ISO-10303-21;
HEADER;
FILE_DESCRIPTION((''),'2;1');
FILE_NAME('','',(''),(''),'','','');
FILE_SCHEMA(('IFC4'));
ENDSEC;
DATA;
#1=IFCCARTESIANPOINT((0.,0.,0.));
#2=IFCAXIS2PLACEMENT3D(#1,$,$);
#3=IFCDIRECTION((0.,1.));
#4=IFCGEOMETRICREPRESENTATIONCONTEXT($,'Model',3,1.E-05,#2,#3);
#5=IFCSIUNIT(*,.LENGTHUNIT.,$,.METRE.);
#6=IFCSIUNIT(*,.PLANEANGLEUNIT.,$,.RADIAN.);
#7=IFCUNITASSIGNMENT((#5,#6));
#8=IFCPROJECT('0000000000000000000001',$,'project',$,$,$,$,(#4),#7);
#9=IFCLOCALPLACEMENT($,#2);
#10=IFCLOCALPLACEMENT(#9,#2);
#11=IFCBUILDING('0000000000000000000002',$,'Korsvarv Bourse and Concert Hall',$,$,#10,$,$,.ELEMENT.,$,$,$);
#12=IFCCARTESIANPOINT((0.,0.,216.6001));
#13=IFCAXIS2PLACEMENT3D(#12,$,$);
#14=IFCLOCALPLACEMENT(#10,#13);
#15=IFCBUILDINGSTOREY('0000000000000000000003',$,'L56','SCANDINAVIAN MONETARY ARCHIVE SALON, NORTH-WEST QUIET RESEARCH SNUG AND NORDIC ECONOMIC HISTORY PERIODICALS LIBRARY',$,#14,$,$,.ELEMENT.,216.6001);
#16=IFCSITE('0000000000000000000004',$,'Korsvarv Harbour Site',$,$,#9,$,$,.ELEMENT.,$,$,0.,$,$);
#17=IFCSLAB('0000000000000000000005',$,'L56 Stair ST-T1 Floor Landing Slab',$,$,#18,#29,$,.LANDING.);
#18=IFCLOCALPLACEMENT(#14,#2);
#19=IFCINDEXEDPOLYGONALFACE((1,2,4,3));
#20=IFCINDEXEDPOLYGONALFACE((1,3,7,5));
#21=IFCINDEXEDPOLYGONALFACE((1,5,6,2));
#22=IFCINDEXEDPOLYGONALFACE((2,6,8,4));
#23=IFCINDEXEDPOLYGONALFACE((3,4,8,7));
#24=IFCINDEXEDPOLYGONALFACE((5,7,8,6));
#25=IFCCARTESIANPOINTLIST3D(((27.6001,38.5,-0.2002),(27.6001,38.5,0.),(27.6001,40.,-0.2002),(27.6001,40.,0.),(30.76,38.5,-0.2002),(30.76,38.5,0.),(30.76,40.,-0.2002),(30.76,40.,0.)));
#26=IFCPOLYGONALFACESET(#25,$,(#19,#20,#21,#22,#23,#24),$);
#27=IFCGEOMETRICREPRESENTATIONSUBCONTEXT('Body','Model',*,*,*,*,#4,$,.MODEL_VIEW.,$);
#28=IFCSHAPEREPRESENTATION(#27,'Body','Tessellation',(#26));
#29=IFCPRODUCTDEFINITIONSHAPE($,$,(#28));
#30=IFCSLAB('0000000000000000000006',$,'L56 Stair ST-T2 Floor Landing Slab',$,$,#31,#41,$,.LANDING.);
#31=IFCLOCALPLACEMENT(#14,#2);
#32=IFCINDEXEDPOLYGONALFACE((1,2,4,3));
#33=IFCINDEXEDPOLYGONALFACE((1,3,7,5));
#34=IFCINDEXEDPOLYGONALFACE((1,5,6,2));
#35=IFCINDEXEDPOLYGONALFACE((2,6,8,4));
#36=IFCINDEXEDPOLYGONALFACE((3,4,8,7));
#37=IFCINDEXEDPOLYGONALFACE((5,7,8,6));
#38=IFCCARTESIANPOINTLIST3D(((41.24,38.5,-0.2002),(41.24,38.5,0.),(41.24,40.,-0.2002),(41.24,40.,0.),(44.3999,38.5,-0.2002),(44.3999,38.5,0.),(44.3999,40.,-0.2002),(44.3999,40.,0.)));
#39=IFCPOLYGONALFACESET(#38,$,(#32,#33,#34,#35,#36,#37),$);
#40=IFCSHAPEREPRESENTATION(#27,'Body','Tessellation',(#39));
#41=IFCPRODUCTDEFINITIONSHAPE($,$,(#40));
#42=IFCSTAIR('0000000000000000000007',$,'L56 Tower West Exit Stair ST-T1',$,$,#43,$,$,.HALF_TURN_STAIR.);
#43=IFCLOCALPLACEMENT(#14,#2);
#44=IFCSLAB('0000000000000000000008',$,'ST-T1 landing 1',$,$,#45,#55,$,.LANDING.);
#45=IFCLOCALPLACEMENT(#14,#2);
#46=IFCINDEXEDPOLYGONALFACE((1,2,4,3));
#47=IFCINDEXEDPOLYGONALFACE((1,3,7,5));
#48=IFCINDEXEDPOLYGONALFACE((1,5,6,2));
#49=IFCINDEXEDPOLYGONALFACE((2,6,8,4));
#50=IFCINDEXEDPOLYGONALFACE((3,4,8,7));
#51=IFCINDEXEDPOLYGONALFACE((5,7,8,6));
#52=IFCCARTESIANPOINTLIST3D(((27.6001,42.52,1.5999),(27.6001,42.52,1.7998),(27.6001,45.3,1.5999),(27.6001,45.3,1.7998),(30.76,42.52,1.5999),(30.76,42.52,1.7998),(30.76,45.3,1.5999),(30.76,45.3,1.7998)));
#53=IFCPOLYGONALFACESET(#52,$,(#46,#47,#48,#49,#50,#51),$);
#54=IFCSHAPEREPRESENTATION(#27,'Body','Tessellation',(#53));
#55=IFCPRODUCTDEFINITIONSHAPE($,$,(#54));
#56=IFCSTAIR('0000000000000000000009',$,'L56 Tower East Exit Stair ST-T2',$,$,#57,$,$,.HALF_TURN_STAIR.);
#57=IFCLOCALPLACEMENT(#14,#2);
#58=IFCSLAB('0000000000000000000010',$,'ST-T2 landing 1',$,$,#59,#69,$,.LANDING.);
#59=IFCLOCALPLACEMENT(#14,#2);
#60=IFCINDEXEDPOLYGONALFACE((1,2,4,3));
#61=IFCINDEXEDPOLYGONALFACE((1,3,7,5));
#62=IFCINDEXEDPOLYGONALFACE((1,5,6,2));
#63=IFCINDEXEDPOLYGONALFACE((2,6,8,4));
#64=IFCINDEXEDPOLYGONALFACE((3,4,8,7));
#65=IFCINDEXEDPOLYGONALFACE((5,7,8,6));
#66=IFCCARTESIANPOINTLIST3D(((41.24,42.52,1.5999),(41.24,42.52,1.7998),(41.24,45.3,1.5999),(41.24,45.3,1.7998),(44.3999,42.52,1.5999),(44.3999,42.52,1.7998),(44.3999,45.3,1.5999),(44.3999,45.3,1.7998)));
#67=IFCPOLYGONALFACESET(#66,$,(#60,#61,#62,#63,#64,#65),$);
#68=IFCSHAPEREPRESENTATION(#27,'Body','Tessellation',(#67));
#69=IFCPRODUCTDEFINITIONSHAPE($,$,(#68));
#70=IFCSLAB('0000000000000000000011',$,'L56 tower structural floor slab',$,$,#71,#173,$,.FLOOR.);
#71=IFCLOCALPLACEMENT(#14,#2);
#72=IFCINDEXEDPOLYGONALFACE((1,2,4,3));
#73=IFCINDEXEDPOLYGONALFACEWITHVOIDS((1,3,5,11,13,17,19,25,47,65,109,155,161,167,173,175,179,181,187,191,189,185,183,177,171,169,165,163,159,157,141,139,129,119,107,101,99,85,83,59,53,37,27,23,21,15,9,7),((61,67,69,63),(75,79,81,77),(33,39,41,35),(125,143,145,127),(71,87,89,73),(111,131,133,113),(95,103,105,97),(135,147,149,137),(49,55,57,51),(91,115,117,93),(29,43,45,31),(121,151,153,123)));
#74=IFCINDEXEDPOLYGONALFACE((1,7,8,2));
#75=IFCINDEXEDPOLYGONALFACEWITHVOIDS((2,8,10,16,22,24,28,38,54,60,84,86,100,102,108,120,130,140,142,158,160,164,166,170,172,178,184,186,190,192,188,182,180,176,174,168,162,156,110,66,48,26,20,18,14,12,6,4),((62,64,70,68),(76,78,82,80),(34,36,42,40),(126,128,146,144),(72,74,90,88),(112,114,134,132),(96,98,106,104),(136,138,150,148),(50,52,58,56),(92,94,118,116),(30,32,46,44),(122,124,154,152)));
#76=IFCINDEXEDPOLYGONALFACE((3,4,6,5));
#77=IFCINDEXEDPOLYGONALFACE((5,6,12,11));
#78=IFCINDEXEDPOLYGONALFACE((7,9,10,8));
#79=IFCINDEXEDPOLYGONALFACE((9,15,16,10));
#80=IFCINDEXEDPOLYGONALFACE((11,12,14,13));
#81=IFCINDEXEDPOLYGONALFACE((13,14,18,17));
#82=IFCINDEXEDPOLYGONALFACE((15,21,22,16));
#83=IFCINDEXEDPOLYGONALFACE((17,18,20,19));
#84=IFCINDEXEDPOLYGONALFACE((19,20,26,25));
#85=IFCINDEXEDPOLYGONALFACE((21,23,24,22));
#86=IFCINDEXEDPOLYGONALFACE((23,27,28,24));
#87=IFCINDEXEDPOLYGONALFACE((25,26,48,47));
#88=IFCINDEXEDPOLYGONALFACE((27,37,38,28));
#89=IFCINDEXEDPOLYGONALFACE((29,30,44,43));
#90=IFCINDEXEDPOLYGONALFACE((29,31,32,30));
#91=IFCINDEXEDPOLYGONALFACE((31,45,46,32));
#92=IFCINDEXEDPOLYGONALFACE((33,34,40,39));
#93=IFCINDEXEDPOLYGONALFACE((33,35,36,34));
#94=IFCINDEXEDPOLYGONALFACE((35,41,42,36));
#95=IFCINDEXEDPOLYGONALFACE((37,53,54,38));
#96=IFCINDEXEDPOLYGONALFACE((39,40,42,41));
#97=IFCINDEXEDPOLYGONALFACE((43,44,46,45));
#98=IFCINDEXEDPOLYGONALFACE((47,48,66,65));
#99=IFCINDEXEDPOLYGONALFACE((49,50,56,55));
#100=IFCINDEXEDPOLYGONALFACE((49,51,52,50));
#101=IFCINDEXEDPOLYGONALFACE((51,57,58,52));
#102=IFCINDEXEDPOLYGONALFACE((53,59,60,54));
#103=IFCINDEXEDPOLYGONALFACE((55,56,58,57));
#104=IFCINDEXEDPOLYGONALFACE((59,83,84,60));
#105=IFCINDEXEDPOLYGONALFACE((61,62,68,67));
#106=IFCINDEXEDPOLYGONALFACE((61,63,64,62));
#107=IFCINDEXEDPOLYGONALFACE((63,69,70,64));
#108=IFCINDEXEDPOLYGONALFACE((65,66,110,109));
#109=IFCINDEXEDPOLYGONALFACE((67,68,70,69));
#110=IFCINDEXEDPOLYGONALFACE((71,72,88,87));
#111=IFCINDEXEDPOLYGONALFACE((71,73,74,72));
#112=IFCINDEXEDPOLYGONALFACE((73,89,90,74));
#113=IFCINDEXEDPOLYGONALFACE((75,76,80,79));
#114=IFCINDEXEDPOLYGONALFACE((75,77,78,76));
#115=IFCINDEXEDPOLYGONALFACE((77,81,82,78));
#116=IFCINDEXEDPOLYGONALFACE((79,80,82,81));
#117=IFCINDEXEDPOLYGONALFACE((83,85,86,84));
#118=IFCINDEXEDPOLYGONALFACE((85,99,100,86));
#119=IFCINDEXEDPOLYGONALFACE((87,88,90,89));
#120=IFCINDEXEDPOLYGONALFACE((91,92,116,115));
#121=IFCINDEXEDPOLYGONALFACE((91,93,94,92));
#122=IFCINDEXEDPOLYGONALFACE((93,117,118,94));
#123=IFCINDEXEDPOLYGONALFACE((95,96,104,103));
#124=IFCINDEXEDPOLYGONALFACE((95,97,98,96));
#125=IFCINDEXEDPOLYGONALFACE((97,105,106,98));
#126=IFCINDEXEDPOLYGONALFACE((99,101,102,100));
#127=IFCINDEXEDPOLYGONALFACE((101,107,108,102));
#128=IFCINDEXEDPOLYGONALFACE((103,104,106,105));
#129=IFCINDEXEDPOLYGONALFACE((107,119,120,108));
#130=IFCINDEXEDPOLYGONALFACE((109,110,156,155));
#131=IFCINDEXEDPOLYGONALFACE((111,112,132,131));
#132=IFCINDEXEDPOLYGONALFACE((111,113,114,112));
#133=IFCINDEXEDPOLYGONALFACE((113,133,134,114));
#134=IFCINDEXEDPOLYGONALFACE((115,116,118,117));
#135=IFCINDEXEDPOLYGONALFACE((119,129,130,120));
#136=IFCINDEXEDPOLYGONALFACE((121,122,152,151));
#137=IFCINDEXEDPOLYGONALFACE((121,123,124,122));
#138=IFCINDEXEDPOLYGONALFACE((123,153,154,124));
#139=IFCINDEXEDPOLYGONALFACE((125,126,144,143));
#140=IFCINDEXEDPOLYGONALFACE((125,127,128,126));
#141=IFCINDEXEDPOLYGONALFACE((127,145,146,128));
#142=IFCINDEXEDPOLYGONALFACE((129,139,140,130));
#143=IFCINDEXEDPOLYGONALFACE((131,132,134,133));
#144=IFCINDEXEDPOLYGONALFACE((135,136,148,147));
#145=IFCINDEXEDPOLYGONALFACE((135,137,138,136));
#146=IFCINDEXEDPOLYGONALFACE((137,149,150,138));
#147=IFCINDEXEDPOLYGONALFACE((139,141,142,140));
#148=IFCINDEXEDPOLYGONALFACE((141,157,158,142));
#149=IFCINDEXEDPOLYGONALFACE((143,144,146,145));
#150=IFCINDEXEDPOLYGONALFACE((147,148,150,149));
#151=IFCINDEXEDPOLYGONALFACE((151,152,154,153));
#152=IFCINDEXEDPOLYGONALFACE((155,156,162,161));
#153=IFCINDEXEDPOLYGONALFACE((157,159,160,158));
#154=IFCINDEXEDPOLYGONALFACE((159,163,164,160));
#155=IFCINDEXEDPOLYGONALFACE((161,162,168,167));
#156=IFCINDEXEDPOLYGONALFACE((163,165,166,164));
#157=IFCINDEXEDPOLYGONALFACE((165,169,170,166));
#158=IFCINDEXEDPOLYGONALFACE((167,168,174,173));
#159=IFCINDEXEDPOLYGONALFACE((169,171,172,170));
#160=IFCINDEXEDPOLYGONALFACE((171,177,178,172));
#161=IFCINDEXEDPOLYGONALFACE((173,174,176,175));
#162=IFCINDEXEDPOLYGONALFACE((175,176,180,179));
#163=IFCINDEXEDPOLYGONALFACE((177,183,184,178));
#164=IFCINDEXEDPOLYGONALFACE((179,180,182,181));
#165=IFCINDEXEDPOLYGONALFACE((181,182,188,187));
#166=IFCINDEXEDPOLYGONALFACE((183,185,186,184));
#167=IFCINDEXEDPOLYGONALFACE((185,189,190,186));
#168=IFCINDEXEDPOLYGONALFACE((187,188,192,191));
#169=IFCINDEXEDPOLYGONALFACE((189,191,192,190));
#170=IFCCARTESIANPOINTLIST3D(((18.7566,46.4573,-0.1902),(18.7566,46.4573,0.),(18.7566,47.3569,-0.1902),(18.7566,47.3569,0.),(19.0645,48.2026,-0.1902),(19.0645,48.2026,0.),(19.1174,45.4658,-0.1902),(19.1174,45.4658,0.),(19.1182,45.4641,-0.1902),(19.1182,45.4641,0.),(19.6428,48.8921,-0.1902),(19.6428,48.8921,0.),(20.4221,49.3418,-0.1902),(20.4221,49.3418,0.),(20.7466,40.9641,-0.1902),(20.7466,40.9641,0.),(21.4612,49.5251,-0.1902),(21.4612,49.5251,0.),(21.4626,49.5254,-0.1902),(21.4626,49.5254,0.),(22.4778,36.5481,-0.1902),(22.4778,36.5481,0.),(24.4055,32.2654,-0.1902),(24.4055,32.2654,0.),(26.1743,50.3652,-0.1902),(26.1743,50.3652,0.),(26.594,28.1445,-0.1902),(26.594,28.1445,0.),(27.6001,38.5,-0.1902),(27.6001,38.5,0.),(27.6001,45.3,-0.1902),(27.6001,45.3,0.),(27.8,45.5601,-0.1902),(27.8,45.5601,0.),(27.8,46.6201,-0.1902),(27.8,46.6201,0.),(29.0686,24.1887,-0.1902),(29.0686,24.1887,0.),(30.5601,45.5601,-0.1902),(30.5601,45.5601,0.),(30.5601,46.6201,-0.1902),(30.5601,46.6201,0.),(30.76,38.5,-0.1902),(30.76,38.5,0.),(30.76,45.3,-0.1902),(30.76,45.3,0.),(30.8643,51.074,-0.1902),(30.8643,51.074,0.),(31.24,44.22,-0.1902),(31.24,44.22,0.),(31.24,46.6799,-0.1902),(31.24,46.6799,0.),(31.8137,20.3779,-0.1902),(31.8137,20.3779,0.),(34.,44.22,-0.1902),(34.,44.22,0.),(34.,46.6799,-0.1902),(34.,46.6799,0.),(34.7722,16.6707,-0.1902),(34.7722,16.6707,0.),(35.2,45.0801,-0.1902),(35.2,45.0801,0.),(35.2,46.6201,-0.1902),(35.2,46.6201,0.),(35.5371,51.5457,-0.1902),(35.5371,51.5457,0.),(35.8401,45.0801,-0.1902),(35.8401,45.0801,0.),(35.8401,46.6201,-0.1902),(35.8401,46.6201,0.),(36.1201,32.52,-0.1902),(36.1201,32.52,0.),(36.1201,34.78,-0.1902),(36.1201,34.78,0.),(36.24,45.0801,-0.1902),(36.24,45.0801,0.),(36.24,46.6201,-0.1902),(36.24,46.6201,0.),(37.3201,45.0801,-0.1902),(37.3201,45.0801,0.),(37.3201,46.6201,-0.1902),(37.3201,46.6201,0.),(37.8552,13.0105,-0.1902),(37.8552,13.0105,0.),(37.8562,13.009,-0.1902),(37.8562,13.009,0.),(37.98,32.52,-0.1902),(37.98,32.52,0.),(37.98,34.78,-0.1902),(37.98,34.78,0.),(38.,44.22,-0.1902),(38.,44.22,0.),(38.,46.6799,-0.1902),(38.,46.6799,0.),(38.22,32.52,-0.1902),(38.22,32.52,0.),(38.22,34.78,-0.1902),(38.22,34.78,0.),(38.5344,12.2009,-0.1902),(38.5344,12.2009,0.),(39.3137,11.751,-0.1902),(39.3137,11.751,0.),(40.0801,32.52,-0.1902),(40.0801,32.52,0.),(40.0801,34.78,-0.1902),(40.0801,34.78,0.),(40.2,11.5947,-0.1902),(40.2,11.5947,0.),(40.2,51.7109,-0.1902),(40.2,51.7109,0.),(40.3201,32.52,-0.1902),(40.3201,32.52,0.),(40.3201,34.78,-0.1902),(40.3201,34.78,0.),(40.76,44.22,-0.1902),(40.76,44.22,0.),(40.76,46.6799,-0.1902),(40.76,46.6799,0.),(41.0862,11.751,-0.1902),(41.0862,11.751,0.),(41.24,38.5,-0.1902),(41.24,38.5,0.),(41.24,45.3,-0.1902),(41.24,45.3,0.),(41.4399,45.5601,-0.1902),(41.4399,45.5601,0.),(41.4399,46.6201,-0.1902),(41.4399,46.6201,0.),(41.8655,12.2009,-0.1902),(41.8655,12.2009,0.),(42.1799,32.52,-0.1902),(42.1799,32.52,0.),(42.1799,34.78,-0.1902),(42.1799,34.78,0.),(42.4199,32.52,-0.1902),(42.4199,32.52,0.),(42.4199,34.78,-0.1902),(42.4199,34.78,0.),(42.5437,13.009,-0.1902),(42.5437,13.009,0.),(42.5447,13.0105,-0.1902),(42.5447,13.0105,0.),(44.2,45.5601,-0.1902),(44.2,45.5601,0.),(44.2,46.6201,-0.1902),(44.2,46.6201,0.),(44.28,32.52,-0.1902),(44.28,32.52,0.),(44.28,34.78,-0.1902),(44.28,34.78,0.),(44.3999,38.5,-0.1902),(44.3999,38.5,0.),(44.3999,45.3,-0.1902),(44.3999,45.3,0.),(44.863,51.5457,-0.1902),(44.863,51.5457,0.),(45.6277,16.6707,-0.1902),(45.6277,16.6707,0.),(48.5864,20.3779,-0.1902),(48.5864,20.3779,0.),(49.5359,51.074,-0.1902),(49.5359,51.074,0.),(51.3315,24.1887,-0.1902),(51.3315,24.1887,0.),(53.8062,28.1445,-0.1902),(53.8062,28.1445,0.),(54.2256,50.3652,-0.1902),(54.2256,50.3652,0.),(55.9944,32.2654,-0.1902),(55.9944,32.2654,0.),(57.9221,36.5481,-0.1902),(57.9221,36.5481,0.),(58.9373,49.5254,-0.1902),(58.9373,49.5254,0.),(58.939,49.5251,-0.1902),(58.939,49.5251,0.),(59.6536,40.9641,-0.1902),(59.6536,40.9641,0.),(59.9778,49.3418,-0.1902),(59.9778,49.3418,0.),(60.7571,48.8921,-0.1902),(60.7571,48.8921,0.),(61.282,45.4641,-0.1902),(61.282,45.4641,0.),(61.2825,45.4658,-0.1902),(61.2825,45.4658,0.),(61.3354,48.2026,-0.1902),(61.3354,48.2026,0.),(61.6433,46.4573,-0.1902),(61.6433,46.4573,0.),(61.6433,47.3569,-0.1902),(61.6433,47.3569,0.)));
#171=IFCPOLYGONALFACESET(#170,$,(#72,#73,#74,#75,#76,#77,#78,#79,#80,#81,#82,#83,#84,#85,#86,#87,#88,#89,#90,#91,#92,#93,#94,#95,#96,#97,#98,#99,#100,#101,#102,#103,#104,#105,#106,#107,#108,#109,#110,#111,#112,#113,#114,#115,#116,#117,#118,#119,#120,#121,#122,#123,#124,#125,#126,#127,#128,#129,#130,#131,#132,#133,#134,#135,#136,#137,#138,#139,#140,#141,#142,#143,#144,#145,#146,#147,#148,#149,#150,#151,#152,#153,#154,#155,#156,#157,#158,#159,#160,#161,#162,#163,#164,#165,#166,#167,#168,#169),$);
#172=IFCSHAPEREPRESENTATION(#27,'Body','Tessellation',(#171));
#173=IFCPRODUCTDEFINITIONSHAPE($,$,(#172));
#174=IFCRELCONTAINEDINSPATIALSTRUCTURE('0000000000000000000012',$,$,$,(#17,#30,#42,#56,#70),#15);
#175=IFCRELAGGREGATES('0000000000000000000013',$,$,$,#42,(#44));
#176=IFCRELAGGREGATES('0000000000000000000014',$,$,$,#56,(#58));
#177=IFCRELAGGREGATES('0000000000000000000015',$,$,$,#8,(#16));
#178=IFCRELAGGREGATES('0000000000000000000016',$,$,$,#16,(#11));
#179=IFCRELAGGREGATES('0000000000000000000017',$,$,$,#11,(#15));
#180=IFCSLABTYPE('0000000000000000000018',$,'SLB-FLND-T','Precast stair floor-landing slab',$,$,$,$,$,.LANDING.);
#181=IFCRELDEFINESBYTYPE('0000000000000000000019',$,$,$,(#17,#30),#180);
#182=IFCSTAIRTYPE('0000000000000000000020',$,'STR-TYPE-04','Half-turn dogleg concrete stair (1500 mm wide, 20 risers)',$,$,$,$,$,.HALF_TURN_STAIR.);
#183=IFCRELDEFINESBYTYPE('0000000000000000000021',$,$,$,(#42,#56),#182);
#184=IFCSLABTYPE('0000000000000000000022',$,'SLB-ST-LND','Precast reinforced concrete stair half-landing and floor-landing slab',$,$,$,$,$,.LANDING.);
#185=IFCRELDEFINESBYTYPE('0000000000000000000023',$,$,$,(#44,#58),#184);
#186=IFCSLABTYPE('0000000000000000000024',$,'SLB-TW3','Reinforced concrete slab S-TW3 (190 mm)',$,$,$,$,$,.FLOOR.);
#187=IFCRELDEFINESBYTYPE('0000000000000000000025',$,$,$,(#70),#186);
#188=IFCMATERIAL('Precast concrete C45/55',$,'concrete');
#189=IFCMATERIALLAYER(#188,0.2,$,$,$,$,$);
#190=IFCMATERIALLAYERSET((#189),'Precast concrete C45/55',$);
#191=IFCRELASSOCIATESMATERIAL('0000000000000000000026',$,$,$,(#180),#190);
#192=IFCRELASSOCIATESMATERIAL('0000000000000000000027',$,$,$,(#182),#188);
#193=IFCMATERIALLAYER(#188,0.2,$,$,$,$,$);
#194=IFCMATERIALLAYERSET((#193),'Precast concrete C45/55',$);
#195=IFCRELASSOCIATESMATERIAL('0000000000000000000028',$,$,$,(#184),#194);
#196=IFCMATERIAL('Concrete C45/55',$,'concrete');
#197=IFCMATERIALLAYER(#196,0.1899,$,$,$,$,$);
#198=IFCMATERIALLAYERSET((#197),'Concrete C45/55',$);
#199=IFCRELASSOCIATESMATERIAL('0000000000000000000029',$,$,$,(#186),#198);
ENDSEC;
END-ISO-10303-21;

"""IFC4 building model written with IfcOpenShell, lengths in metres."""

from ifc_helpers import new_model, si_unit, direction, frame, origin, place, context, subcontext, project, spatial, polyline, outline, extrude, material, layer, layer_set, type_object, element, aggregate, save


model = new_model("IFC4")

# Units and contexts
model_context = context("Model", 3, precision=1e-05, world=origin(), true_north=direction((0.0, 1.0)))
body_context = subcontext(model_context, "Body", "Model", "MODEL_VIEW")
ifc_project = project(units=[si_unit("LENGTHUNIT", "METRE"), si_unit("PLANEANGLEUNIT", "RADIAN")], contexts=[model_context])

# Site, building, storey
site_placement = place(None, origin())
site = spatial("IfcSite", under=ifc_project, at=site_placement, Name="Korsvarv Harbour Site", CompositionType="ELEMENT", RefElevation=0.0)
building_placement = place(site_placement, origin())
building = spatial("IfcBuilding", under=site, at=building_placement, Name="Korsvarv Bourse and Concert Hall", CompositionType="ELEMENT")
storey_placement = place(building_placement, frame((0.0, 0.0, 216.6001)))
storey = spatial("IfcBuildingStorey", under=building, at=storey_placement, Name="L56", Description="SCANDINAVIAN MONETARY ARCHIVE SALON, NORTH-WEST QUIET RESEARCH SNUG AND NORDIC ECONOMIC HISTORY PERIODICALS LIBRARY", CompositionType="ELEMENT", Elevation=216.6001)

# Slabs
ifc_material_1 = material(Name="Precast concrete C45/55", Category="concrete")
ifc_layer_1 = layer(ifc_material_1, 0.2)
ifc_layer_set_1 = layer_set([ifc_layer_1], Name="Precast concrete C45/55")
slab_type_1 = type_object("IfcSlabType", Name="SLB-FLND-T", Description="Precast stair floor-landing slab", PredefinedType="LANDING", material=ifc_layer_set_1)
slab_1_placement = place(storey_placement, frame((0.0, 0.0, -0.2002)))
element("IfcSlab", 1, at=slab_1_placement, inside=storey, type_object=slab_type_1, Name="L56 Stair ST-T1 Floor Landing Slab", PredefinedType="LANDING", context=body_context, shape_type="SweptSolid", body=[
    extrude(outline(polyline([(30.76, 38.5), (30.76, 40.0), (27.6001, 40.0), (27.6001, 38.5), (30.76, 38.5)])), origin(), (0.0, 0.0, 1.0), 0.2002),
])
slab_2_placement = place(storey_placement, frame((0.0, 0.0, -0.2002)))
element("IfcSlab", 2, at=slab_2_placement, inside=storey, type_object=slab_type_1, Name="L56 Stair ST-T2 Floor Landing Slab", PredefinedType="LANDING", context=body_context, shape_type="SweptSolid", body=[
    extrude(outline(polyline([(44.3999, 38.5), (44.3999, 40.0), (41.24, 40.0), (41.24, 38.5), (44.3999, 38.5)])), origin(), (0.0, 0.0, 1.0), 0.2002),
])

# Stairs, slabs
stair_type = type_object("IfcStairType", Name="STR-TYPE-04", Description="Half-turn dogleg concrete stair (1500 mm wide, 20 risers)", PredefinedType="HALF_TURN_STAIR", material=ifc_material_1)
stair_1_placement = place(storey_placement, origin())
stair_1 = element("IfcStair", 3, at=stair_1_placement, inside=storey, type_object=stair_type, Name="L56 Tower West Exit Stair ST-T1", PredefinedType="HALF_TURN_STAIR")
ifc_layer_2 = layer(ifc_material_1, 0.2)
ifc_layer_set_2 = layer_set([ifc_layer_2], Name="Precast concrete C45/55")
slab_type_2 = type_object("IfcSlabType", Name="SLB-ST-LND", Description="Precast reinforced concrete stair half-landing and floor-landing slab", PredefinedType="LANDING", material=ifc_layer_set_2)
slab_3_placement = place(storey_placement, frame((0.0, 0.0, 1.5999)))
slab_3 = element("IfcSlab", 4, at=slab_3_placement, type_object=slab_type_2, Name="ST-T1 landing 1", PredefinedType="LANDING", context=body_context, shape_type="SweptSolid", body=[
    extrude(outline(polyline([(30.76, 42.52), (30.76, 45.3), (27.6001, 45.3), (27.6001, 42.52), (30.76, 42.52)])), origin(), (0.0, 0.0, 1.0), 0.2),
])
aggregate(stair_1, [slab_3])
stair_2_placement = place(storey_placement, origin())
stair_2 = element("IfcStair", 5, at=stair_2_placement, inside=storey, type_object=stair_type, Name="L56 Tower East Exit Stair ST-T2", PredefinedType="HALF_TURN_STAIR")
slab_4_placement = place(storey_placement, frame((0.0, 0.0, 1.5999)))
slab_4 = element("IfcSlab", 6, at=slab_4_placement, type_object=slab_type_2, Name="ST-T2 landing 1", PredefinedType="LANDING", context=body_context, shape_type="SweptSolid", body=[
    extrude(outline(polyline([(44.3999, 42.52), (44.3999, 45.3), (41.24, 45.3), (41.24, 42.52), (44.3999, 42.52)])), origin(), (0.0, 0.0, 1.0), 0.2),
])
aggregate(stair_2, [slab_4])

# Slab
ifc_material_2 = material(Name="Concrete C45/55", Category="concrete")
ifc_layer_3 = layer(ifc_material_2, 0.1899)
ifc_layer_set_3 = layer_set([ifc_layer_3], Name="Concrete C45/55")
slab_type_3 = type_object("IfcSlabType", Name="SLB-TW3", Description="Reinforced concrete slab S-TW3 (190 mm)", PredefinedType="FLOOR", material=ifc_layer_set_3)
slab_5_placement = place(storey_placement, frame((0.0, 0.0, -0.1902)))
element("IfcSlab", 7, at=slab_5_placement, inside=storey, type_object=slab_type_3, Name="L56 tower structural floor slab", PredefinedType="FLOOR", context=body_context, shape_type="SweptSolid", body=[
    extrude(outline(polyline([(61.282, 45.4641), (59.6536, 40.9641), (57.9221, 36.5481), (55.9944, 32.2654), (53.8062, 28.1445), (51.3315, 24.1887), (48.5864, 20.3779), (45.6277, 16.6707), (42.5447, 13.0105), (42.5437, 13.009), (41.8655, 12.2009), (41.0862, 11.751), (40.2, 11.5947), (39.3137, 11.751), (38.5344, 12.2009), (37.8562, 13.009), (37.8552, 13.0105), (34.7722, 16.6707), (31.8137, 20.3779), (29.0686, 24.1887), (26.594, 28.1445), (24.4055, 32.2654), (22.4778, 36.5481), (20.7466, 40.9641), (19.1182, 45.4641), (19.1174, 45.4658), (18.7566, 46.4573), (18.7566, 47.3569), (19.0645, 48.2026), (19.6428, 48.8921), (20.4221, 49.3418), (21.4612, 49.5251), (21.4626, 49.5254), (26.1743, 50.3652), (30.8643, 51.074), (35.5371, 51.5457), (40.2, 51.7109), (44.863, 51.5457), (49.5359, 51.074), (54.2256, 50.3652), (58.9373, 49.5254), (58.939, 49.5251), (59.9778, 49.3418), (60.7571, 48.8921), (61.3354, 48.2026), (61.6433, 47.3569), (61.6433, 46.4573), (61.2825, 45.4658), (61.282, 45.4641)]), holes=[polyline([(30.76, 38.5), (30.76, 45.3), (27.6001, 45.3), (27.6001, 38.5), (30.76, 38.5)]), polyline([(44.3999, 38.5), (44.3999, 45.3), (41.24, 45.3), (41.24, 38.5), (44.3999, 38.5)]), polyline([(31.24, 44.22), (34.0, 44.22), (34.0, 46.6799), (31.24, 46.6799), (31.24, 44.22)]), polyline([(38.0, 44.22), (40.76, 44.22), (40.76, 46.6799), (38.0, 46.6799), (38.0, 44.22)]), polyline([(36.1201, 32.52), (37.98, 32.52), (37.98, 34.78), (36.1201, 34.78), (36.1201, 32.52)]), polyline([(38.22, 32.52), (40.0801, 32.52), (40.0801, 34.78), (38.22, 34.78), (38.22, 32.52)]), polyline([(40.3201, 32.52), (42.1799, 32.52), (42.1799, 34.78), (40.3201, 34.78), (40.3201, 32.52)]), polyline([(42.4199, 32.52), (44.28, 32.52), (44.28, 34.78), (42.4199, 34.78), (42.4199, 32.52)]), polyline([(27.8, 45.5601), (30.5601, 45.5601), (30.5601, 46.6201), (27.8, 46.6201), (27.8, 45.5601)]), polyline([(41.4399, 45.5601), (44.2, 45.5601), (44.2, 46.6201), (41.4399, 46.6201), (41.4399, 45.5601)]), polyline([(35.2, 45.0801), (35.8401, 45.0801), (35.8401, 46.6201), (35.2, 46.6201), (35.2, 45.0801)]), polyline([(36.24, 45.0801), (37.3201, 45.0801), (37.3201, 46.6201), (36.24, 46.6201), (36.24, 45.0801)])]), origin(), (0.0, 0.0, 1.0), 0.1902),
])

save(model, "model.ifc")
